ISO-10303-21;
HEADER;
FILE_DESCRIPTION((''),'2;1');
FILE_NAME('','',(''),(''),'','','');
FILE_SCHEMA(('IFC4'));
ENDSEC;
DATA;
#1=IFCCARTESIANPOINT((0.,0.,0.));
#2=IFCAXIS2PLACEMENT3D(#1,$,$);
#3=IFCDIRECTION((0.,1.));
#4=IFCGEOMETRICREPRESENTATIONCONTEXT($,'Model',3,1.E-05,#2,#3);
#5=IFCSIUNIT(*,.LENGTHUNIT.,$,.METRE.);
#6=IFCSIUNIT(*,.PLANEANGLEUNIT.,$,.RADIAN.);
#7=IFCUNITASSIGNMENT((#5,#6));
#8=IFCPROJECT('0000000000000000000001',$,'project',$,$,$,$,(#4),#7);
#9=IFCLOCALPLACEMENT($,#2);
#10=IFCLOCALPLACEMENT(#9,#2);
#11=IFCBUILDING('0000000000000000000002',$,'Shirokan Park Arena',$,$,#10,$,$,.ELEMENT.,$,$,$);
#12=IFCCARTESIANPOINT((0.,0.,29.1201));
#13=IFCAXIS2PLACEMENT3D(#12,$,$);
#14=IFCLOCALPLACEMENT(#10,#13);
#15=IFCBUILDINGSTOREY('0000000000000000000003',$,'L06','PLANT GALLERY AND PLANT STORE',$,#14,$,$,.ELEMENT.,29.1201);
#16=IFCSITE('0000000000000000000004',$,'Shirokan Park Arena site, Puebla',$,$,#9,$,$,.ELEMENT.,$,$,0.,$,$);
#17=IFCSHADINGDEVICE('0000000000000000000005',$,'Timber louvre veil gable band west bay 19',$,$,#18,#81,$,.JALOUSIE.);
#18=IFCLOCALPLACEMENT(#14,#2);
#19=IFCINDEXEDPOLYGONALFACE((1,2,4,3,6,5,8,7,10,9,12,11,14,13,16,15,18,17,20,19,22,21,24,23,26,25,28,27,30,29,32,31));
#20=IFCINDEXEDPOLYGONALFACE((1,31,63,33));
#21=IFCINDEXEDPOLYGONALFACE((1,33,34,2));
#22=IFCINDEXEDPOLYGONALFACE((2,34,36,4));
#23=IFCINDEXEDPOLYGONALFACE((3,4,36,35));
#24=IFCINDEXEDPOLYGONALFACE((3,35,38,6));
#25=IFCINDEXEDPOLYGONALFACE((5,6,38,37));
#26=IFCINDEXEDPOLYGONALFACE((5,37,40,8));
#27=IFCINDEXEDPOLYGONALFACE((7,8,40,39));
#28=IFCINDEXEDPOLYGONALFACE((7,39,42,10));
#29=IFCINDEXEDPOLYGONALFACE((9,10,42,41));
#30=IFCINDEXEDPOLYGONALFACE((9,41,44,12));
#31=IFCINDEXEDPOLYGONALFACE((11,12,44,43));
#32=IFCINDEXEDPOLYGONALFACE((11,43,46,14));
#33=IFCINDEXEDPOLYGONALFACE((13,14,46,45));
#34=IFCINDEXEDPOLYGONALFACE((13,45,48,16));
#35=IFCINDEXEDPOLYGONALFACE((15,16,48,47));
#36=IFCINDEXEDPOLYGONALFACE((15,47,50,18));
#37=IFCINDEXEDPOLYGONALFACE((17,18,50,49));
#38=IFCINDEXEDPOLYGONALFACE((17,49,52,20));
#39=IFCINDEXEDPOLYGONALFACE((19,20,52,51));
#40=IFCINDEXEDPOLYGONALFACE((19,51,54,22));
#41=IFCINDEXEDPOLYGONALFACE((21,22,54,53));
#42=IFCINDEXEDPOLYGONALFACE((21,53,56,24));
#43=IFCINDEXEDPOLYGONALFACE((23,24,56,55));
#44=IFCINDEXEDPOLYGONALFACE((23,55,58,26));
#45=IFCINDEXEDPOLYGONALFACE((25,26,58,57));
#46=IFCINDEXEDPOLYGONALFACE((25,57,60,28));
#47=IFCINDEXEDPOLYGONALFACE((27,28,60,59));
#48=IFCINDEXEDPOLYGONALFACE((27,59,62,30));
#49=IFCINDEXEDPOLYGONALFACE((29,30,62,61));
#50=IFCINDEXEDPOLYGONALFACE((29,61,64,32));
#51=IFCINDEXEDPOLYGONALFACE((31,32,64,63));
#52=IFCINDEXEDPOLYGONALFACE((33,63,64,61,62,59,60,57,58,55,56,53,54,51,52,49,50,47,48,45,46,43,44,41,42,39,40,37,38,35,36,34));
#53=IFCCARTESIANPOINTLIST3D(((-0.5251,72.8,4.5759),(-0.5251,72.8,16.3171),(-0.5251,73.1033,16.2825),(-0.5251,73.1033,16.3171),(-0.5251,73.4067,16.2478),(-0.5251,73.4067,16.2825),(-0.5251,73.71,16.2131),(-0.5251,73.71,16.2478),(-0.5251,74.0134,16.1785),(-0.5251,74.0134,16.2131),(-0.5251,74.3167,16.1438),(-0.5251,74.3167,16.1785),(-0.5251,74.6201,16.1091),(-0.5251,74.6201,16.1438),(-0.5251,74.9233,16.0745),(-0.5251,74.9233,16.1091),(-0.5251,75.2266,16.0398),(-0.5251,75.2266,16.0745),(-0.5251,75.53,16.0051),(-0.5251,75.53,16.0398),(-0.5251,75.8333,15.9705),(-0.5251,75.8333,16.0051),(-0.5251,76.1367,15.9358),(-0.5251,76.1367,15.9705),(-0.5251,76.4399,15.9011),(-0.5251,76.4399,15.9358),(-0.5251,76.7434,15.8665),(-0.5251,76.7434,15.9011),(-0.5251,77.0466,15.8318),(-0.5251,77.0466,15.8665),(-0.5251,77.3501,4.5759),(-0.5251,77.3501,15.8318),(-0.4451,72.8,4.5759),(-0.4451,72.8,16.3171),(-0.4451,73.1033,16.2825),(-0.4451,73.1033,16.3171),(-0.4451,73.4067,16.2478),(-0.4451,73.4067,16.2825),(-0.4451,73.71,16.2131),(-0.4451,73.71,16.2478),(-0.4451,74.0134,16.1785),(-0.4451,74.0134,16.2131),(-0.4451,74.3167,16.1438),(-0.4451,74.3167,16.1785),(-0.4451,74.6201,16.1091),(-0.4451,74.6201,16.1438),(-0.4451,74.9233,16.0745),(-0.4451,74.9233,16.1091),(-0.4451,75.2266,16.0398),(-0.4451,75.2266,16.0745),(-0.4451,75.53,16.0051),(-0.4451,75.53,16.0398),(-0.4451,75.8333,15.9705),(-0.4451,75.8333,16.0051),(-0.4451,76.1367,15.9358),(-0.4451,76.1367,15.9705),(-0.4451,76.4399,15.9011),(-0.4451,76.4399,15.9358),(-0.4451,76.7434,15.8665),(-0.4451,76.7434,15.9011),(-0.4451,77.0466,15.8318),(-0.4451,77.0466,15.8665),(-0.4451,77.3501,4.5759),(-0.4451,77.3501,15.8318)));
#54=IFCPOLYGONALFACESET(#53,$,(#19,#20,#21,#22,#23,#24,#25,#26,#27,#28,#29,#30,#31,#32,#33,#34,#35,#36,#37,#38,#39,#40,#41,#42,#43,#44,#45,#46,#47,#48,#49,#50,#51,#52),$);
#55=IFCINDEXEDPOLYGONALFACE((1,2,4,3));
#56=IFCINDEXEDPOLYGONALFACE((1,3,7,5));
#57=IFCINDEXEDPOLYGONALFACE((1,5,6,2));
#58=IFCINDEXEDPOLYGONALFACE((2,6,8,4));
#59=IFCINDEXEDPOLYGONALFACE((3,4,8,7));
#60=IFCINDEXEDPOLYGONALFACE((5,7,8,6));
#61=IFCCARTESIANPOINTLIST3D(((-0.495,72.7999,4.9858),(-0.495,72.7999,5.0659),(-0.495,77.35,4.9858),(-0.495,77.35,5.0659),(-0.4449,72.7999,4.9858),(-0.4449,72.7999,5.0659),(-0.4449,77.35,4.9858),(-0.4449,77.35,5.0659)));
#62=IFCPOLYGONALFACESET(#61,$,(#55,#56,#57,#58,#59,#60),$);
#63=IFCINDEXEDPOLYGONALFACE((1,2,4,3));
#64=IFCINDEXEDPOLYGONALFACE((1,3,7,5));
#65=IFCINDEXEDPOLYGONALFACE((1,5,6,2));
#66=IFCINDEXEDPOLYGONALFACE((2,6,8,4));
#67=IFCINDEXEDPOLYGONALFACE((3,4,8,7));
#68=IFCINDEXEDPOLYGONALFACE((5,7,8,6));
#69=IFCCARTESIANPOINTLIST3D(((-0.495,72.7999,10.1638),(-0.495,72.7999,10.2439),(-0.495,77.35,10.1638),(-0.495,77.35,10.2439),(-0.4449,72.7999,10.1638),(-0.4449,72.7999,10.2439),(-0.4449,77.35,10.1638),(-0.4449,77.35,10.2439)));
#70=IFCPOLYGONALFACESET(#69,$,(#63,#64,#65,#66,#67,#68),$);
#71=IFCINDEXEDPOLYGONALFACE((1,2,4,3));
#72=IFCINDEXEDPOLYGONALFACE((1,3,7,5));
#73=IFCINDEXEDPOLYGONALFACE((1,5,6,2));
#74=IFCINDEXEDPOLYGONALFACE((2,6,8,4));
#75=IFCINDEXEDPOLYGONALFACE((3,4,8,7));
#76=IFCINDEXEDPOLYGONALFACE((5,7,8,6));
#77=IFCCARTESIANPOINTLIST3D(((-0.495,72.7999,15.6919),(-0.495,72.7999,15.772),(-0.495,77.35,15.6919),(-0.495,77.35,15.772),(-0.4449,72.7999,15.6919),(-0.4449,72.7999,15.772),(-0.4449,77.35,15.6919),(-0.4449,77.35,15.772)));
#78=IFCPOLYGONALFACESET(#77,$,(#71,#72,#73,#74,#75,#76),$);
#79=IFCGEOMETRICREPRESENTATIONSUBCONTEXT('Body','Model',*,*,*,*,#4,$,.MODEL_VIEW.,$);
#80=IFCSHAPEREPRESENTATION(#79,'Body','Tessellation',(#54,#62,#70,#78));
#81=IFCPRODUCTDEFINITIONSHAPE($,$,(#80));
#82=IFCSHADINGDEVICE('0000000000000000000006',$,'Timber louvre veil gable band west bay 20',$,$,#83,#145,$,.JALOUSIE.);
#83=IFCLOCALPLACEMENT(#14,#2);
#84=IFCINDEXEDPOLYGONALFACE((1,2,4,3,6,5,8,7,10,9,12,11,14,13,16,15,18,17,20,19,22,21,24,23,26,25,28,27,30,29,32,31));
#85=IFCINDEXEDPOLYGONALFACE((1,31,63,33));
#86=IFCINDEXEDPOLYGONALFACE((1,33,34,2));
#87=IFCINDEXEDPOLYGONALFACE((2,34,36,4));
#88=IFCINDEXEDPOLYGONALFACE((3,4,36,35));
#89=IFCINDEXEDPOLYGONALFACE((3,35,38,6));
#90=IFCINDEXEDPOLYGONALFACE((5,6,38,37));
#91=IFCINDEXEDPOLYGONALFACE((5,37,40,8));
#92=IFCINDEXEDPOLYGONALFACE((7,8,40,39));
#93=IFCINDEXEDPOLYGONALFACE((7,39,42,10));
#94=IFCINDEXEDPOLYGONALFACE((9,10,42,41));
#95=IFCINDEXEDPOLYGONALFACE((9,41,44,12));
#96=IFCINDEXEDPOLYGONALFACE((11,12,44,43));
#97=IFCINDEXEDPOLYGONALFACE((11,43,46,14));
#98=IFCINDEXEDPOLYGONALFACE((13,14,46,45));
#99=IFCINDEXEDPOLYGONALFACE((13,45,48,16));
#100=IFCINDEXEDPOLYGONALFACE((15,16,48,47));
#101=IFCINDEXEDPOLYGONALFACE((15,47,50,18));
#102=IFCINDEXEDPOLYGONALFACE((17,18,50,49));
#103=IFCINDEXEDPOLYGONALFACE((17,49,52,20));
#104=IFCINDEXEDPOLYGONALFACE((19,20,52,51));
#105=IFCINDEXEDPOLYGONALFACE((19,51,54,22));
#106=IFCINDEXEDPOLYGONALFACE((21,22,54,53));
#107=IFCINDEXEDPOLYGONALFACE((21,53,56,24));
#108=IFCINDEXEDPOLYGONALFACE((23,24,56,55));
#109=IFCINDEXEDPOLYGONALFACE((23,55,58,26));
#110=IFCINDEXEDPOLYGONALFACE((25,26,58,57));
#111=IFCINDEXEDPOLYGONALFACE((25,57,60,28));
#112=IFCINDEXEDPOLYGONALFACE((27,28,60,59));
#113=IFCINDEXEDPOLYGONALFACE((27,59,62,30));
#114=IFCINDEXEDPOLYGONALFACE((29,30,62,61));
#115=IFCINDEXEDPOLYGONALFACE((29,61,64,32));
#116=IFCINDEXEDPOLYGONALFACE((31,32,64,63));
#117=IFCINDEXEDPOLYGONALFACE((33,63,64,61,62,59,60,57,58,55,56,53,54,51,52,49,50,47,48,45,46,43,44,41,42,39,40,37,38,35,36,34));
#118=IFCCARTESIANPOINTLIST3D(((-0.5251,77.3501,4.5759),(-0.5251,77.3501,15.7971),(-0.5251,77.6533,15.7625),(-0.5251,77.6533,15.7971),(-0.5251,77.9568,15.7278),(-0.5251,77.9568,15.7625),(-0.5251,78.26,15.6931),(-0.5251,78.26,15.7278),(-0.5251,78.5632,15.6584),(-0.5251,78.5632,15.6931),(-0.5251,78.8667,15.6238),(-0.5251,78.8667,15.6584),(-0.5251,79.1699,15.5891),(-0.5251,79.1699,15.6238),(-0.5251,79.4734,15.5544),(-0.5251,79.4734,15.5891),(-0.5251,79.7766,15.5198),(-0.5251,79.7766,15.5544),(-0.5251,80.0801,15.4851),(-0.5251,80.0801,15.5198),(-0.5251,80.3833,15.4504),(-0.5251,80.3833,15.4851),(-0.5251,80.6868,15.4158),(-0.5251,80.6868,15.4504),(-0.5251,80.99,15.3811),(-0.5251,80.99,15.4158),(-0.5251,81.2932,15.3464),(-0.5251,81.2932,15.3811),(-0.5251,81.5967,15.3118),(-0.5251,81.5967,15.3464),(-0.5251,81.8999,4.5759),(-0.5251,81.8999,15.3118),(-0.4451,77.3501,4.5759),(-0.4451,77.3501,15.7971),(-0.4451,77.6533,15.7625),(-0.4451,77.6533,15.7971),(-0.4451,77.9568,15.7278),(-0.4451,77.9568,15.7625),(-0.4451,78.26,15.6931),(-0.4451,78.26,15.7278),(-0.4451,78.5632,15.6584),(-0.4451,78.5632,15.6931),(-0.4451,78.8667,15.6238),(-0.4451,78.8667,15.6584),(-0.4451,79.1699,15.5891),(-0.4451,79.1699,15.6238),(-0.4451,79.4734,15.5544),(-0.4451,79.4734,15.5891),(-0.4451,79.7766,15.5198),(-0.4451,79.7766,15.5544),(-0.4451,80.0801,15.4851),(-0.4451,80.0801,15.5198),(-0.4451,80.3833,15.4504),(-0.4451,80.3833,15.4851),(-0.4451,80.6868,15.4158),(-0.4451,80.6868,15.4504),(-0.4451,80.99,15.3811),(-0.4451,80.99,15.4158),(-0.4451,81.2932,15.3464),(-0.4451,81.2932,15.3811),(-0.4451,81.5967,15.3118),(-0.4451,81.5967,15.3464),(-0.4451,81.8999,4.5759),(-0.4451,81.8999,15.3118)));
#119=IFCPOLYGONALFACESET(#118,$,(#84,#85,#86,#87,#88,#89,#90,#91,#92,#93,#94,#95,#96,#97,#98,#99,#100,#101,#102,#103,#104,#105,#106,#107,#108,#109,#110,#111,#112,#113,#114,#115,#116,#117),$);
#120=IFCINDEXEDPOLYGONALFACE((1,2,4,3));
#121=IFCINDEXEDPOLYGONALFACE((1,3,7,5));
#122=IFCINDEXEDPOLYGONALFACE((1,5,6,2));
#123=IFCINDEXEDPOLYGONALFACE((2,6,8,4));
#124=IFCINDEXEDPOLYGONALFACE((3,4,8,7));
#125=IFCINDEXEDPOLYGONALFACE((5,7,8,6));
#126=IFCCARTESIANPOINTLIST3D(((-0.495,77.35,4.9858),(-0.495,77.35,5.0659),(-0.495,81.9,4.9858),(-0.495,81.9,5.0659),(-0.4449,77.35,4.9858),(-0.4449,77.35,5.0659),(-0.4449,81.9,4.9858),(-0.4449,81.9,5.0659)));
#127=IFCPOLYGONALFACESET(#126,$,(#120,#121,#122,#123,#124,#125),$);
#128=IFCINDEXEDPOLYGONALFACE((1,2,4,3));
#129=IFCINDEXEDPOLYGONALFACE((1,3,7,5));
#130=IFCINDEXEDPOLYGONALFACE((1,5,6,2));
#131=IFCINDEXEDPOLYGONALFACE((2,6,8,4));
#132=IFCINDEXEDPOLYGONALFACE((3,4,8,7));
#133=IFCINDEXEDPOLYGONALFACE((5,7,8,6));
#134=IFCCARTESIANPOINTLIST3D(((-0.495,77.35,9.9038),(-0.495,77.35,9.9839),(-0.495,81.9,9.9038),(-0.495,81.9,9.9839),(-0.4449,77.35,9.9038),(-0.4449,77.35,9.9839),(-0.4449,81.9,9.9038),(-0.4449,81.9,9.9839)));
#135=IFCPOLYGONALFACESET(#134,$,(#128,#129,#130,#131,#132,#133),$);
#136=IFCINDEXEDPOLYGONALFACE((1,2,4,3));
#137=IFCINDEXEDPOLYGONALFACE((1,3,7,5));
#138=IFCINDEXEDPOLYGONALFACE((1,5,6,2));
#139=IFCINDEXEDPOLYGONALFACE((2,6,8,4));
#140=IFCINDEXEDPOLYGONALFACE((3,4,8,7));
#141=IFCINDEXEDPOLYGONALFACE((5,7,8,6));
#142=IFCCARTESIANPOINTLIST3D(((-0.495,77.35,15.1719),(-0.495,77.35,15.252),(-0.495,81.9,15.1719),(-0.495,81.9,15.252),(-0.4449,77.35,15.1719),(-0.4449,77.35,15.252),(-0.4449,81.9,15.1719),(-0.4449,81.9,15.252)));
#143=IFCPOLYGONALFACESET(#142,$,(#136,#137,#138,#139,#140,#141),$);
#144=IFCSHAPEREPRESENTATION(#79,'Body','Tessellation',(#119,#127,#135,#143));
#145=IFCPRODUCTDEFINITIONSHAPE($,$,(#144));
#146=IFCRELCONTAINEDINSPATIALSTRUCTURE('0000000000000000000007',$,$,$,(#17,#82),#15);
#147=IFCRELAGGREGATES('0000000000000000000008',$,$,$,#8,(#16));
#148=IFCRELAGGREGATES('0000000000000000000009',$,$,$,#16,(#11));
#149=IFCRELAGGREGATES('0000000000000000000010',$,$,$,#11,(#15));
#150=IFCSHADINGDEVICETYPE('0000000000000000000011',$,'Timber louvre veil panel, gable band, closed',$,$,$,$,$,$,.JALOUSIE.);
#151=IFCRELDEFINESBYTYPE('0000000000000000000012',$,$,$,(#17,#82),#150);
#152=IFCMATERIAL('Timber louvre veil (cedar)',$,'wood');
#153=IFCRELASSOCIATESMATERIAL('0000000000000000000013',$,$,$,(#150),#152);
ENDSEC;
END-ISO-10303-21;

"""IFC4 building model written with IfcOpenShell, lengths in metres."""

from ifc_helpers import new_model, si_unit, direction, frame, origin, origin_2d, place, context, subcontext, project, spatial, polyline, rectangle, outline, extrude, material, type_object, element, save


model = new_model("IFC4")

# Units and contexts
model_context = context("Model", 3, precision=1e-05, world=origin(), true_north=direction((0.0, 1.0)))
body_context = subcontext(model_context, "Body", "Model", "MODEL_VIEW")
ifc_project = project(units=[si_unit("LENGTHUNIT", "METRE"), si_unit("PLANEANGLEUNIT", "RADIAN")], contexts=[model_context])

# Site, building, storey
site_placement = place(None, origin())
site = spatial("IfcSite", under=ifc_project, at=site_placement, Name="Shirokan Park Arena site, Puebla", CompositionType="ELEMENT", RefElevation=0.0)
building_placement = place(site_placement, origin())
building = spatial("IfcBuilding", under=site, at=building_placement, Name="Shirokan Park Arena", CompositionType="ELEMENT")
storey_placement = place(building_placement, frame((0.0, 0.0, 29.1201)))
storey = spatial("IfcBuildingStorey", under=building, at=storey_placement, Name="L06", Description="PLANT GALLERY AND PLANT STORE", CompositionType="ELEMENT", Elevation=29.1201)

# Shading devices
ifc_material = material(Name="Timber louvre veil (cedar)", Category="wood")
shading_device_type_1 = type_object("IfcShadingDeviceType", Name="Timber louvre veil panel, gable band, closed", PredefinedType="JALOUSIE", material=ifc_material)
shading_device_1_placement = place(storey_placement, origin())
element("IfcShadingDevice", 1, at=shading_device_1_placement, inside=storey, type_object=shading_device_type_1, Name="Timber louvre veil gable band west bay 19", PredefinedType="JALOUSIE", context=body_context, shape_type="SweptSolid", body=[
    extrude(outline(polyline([(77.3501, 4.5759), (77.3501, 15.8318), (77.0466, 15.8318), (77.0466, 15.8665), (76.7434, 15.8665), (76.7434, 15.9011), (76.4399, 15.9011), (76.4399, 15.9358), (76.1367, 15.9358), (76.1367, 15.9705), (75.8333, 15.9705), (75.8333, 16.0051), (75.53, 16.0051), (75.53, 16.0398), (75.2266, 16.0398), (75.2266, 16.0745), (74.9233, 16.0745), (74.9233, 16.1091), (74.6201, 16.1091), (74.6201, 16.1438), (74.3167, 16.1438), (74.3167, 16.1785), (74.0134, 16.1785), (74.0134, 16.2131), (73.71, 16.2131), (73.71, 16.2478), (73.4067, 16.2478), (73.4067, 16.2825), (73.1033, 16.2825), (73.1033, 16.3171), (72.8, 16.3171), (72.8, 4.5759), (77.3501, 4.5759)])), frame((-0.5251, 0.0, 0.0), z_axis=(1.0, 0.0, 0.0), x_axis=(0.0, 1.0, 0.0)), (0.0, 0.0, 1.0), 0.0801),
    extrude(rectangle(XDim=0.05, YDim=4.55, at=origin_2d()), frame((-0.47, 75.075, 4.9858), z_axis=(0.0, 0.0, 1.0), x_axis=(1.0, 0.0, 0.0)), (0.0, 0.0, 1.0), 0.0801),
    extrude(rectangle(XDim=0.05, YDim=4.55, at=origin_2d()), frame((-0.47, 75.075, 10.1638), z_axis=(0.0, 0.0, 1.0), x_axis=(1.0, 0.0, 0.0)), (0.0, 0.0, 1.0), 0.0801),
    extrude(rectangle(XDim=0.05, YDim=4.55, at=origin_2d()), frame((-0.47, 75.075, 15.6919), z_axis=(0.0, 0.0, 1.0), x_axis=(1.0, 0.0, 0.0)), (0.0, 0.0, 1.0), 0.0801),
])
shading_device_2_placement = place(storey_placement, origin())
element("IfcShadingDevice", 2, at=shading_device_2_placement, inside=storey, type_object=shading_device_type_1, Name="Timber louvre veil gable band west bay 20", PredefinedType="JALOUSIE", context=body_context, shape_type="SweptSolid", body=[
    extrude(outline(polyline([(81.8999, 4.5759), (81.8999, 15.3118), (81.5967, 15.3118), (81.5967, 15.3464), (81.2932, 15.3464), (81.2932, 15.3811), (80.99, 15.3811), (80.99, 15.4158), (80.6868, 15.4158), (80.6868, 15.4504), (80.3833, 15.4504), (80.3833, 15.4851), (80.0801, 15.4851), (80.0801, 15.5198), (79.7766, 15.5198), (79.7766, 15.5544), (79.4734, 15.5544), (79.4734, 15.5891), (79.1699, 15.5891), (79.1699, 15.6238), (78.8667, 15.6238), (78.8667, 15.6584), (78.5632, 15.6584), (78.5632, 15.6931), (78.26, 15.6931), (78.26, 15.7278), (77.9568, 15.7278), (77.9568, 15.7625), (77.6533, 15.7625), (77.6533, 15.7971), (77.3501, 15.7971), (77.3501, 4.5759), (81.8999, 4.5759)])), frame((-0.5251, 0.0, 0.0), z_axis=(1.0, 0.0, 0.0), x_axis=(0.0, 1.0, 0.0)), (0.0, 0.0, 1.0), 0.0801),
    extrude(rectangle(XDim=0.05, YDim=4.55, at=origin_2d()), frame((-0.47, 79.625, 4.9858), z_axis=(0.0, 0.0, 1.0), x_axis=(1.0, 0.0, 0.0)), (0.0, 0.0, 1.0), 0.0801),
    extrude(rectangle(XDim=0.05, YDim=4.55, at=origin_2d()), frame((-0.47, 79.625, 9.9038), z_axis=(0.0, 0.0, 1.0), x_axis=(1.0, 0.0, 0.0)), (0.0, 0.0, 1.0), 0.0801),
    extrude(rectangle(XDim=0.05, YDim=4.55, at=origin_2d()), frame((-0.47, 79.625, 15.1719), z_axis=(0.0, 0.0, 1.0), x_axis=(1.0, 0.0, 0.0)), (0.0, 0.0, 1.0), 0.0801),
])

save(model, "model.ifc")
